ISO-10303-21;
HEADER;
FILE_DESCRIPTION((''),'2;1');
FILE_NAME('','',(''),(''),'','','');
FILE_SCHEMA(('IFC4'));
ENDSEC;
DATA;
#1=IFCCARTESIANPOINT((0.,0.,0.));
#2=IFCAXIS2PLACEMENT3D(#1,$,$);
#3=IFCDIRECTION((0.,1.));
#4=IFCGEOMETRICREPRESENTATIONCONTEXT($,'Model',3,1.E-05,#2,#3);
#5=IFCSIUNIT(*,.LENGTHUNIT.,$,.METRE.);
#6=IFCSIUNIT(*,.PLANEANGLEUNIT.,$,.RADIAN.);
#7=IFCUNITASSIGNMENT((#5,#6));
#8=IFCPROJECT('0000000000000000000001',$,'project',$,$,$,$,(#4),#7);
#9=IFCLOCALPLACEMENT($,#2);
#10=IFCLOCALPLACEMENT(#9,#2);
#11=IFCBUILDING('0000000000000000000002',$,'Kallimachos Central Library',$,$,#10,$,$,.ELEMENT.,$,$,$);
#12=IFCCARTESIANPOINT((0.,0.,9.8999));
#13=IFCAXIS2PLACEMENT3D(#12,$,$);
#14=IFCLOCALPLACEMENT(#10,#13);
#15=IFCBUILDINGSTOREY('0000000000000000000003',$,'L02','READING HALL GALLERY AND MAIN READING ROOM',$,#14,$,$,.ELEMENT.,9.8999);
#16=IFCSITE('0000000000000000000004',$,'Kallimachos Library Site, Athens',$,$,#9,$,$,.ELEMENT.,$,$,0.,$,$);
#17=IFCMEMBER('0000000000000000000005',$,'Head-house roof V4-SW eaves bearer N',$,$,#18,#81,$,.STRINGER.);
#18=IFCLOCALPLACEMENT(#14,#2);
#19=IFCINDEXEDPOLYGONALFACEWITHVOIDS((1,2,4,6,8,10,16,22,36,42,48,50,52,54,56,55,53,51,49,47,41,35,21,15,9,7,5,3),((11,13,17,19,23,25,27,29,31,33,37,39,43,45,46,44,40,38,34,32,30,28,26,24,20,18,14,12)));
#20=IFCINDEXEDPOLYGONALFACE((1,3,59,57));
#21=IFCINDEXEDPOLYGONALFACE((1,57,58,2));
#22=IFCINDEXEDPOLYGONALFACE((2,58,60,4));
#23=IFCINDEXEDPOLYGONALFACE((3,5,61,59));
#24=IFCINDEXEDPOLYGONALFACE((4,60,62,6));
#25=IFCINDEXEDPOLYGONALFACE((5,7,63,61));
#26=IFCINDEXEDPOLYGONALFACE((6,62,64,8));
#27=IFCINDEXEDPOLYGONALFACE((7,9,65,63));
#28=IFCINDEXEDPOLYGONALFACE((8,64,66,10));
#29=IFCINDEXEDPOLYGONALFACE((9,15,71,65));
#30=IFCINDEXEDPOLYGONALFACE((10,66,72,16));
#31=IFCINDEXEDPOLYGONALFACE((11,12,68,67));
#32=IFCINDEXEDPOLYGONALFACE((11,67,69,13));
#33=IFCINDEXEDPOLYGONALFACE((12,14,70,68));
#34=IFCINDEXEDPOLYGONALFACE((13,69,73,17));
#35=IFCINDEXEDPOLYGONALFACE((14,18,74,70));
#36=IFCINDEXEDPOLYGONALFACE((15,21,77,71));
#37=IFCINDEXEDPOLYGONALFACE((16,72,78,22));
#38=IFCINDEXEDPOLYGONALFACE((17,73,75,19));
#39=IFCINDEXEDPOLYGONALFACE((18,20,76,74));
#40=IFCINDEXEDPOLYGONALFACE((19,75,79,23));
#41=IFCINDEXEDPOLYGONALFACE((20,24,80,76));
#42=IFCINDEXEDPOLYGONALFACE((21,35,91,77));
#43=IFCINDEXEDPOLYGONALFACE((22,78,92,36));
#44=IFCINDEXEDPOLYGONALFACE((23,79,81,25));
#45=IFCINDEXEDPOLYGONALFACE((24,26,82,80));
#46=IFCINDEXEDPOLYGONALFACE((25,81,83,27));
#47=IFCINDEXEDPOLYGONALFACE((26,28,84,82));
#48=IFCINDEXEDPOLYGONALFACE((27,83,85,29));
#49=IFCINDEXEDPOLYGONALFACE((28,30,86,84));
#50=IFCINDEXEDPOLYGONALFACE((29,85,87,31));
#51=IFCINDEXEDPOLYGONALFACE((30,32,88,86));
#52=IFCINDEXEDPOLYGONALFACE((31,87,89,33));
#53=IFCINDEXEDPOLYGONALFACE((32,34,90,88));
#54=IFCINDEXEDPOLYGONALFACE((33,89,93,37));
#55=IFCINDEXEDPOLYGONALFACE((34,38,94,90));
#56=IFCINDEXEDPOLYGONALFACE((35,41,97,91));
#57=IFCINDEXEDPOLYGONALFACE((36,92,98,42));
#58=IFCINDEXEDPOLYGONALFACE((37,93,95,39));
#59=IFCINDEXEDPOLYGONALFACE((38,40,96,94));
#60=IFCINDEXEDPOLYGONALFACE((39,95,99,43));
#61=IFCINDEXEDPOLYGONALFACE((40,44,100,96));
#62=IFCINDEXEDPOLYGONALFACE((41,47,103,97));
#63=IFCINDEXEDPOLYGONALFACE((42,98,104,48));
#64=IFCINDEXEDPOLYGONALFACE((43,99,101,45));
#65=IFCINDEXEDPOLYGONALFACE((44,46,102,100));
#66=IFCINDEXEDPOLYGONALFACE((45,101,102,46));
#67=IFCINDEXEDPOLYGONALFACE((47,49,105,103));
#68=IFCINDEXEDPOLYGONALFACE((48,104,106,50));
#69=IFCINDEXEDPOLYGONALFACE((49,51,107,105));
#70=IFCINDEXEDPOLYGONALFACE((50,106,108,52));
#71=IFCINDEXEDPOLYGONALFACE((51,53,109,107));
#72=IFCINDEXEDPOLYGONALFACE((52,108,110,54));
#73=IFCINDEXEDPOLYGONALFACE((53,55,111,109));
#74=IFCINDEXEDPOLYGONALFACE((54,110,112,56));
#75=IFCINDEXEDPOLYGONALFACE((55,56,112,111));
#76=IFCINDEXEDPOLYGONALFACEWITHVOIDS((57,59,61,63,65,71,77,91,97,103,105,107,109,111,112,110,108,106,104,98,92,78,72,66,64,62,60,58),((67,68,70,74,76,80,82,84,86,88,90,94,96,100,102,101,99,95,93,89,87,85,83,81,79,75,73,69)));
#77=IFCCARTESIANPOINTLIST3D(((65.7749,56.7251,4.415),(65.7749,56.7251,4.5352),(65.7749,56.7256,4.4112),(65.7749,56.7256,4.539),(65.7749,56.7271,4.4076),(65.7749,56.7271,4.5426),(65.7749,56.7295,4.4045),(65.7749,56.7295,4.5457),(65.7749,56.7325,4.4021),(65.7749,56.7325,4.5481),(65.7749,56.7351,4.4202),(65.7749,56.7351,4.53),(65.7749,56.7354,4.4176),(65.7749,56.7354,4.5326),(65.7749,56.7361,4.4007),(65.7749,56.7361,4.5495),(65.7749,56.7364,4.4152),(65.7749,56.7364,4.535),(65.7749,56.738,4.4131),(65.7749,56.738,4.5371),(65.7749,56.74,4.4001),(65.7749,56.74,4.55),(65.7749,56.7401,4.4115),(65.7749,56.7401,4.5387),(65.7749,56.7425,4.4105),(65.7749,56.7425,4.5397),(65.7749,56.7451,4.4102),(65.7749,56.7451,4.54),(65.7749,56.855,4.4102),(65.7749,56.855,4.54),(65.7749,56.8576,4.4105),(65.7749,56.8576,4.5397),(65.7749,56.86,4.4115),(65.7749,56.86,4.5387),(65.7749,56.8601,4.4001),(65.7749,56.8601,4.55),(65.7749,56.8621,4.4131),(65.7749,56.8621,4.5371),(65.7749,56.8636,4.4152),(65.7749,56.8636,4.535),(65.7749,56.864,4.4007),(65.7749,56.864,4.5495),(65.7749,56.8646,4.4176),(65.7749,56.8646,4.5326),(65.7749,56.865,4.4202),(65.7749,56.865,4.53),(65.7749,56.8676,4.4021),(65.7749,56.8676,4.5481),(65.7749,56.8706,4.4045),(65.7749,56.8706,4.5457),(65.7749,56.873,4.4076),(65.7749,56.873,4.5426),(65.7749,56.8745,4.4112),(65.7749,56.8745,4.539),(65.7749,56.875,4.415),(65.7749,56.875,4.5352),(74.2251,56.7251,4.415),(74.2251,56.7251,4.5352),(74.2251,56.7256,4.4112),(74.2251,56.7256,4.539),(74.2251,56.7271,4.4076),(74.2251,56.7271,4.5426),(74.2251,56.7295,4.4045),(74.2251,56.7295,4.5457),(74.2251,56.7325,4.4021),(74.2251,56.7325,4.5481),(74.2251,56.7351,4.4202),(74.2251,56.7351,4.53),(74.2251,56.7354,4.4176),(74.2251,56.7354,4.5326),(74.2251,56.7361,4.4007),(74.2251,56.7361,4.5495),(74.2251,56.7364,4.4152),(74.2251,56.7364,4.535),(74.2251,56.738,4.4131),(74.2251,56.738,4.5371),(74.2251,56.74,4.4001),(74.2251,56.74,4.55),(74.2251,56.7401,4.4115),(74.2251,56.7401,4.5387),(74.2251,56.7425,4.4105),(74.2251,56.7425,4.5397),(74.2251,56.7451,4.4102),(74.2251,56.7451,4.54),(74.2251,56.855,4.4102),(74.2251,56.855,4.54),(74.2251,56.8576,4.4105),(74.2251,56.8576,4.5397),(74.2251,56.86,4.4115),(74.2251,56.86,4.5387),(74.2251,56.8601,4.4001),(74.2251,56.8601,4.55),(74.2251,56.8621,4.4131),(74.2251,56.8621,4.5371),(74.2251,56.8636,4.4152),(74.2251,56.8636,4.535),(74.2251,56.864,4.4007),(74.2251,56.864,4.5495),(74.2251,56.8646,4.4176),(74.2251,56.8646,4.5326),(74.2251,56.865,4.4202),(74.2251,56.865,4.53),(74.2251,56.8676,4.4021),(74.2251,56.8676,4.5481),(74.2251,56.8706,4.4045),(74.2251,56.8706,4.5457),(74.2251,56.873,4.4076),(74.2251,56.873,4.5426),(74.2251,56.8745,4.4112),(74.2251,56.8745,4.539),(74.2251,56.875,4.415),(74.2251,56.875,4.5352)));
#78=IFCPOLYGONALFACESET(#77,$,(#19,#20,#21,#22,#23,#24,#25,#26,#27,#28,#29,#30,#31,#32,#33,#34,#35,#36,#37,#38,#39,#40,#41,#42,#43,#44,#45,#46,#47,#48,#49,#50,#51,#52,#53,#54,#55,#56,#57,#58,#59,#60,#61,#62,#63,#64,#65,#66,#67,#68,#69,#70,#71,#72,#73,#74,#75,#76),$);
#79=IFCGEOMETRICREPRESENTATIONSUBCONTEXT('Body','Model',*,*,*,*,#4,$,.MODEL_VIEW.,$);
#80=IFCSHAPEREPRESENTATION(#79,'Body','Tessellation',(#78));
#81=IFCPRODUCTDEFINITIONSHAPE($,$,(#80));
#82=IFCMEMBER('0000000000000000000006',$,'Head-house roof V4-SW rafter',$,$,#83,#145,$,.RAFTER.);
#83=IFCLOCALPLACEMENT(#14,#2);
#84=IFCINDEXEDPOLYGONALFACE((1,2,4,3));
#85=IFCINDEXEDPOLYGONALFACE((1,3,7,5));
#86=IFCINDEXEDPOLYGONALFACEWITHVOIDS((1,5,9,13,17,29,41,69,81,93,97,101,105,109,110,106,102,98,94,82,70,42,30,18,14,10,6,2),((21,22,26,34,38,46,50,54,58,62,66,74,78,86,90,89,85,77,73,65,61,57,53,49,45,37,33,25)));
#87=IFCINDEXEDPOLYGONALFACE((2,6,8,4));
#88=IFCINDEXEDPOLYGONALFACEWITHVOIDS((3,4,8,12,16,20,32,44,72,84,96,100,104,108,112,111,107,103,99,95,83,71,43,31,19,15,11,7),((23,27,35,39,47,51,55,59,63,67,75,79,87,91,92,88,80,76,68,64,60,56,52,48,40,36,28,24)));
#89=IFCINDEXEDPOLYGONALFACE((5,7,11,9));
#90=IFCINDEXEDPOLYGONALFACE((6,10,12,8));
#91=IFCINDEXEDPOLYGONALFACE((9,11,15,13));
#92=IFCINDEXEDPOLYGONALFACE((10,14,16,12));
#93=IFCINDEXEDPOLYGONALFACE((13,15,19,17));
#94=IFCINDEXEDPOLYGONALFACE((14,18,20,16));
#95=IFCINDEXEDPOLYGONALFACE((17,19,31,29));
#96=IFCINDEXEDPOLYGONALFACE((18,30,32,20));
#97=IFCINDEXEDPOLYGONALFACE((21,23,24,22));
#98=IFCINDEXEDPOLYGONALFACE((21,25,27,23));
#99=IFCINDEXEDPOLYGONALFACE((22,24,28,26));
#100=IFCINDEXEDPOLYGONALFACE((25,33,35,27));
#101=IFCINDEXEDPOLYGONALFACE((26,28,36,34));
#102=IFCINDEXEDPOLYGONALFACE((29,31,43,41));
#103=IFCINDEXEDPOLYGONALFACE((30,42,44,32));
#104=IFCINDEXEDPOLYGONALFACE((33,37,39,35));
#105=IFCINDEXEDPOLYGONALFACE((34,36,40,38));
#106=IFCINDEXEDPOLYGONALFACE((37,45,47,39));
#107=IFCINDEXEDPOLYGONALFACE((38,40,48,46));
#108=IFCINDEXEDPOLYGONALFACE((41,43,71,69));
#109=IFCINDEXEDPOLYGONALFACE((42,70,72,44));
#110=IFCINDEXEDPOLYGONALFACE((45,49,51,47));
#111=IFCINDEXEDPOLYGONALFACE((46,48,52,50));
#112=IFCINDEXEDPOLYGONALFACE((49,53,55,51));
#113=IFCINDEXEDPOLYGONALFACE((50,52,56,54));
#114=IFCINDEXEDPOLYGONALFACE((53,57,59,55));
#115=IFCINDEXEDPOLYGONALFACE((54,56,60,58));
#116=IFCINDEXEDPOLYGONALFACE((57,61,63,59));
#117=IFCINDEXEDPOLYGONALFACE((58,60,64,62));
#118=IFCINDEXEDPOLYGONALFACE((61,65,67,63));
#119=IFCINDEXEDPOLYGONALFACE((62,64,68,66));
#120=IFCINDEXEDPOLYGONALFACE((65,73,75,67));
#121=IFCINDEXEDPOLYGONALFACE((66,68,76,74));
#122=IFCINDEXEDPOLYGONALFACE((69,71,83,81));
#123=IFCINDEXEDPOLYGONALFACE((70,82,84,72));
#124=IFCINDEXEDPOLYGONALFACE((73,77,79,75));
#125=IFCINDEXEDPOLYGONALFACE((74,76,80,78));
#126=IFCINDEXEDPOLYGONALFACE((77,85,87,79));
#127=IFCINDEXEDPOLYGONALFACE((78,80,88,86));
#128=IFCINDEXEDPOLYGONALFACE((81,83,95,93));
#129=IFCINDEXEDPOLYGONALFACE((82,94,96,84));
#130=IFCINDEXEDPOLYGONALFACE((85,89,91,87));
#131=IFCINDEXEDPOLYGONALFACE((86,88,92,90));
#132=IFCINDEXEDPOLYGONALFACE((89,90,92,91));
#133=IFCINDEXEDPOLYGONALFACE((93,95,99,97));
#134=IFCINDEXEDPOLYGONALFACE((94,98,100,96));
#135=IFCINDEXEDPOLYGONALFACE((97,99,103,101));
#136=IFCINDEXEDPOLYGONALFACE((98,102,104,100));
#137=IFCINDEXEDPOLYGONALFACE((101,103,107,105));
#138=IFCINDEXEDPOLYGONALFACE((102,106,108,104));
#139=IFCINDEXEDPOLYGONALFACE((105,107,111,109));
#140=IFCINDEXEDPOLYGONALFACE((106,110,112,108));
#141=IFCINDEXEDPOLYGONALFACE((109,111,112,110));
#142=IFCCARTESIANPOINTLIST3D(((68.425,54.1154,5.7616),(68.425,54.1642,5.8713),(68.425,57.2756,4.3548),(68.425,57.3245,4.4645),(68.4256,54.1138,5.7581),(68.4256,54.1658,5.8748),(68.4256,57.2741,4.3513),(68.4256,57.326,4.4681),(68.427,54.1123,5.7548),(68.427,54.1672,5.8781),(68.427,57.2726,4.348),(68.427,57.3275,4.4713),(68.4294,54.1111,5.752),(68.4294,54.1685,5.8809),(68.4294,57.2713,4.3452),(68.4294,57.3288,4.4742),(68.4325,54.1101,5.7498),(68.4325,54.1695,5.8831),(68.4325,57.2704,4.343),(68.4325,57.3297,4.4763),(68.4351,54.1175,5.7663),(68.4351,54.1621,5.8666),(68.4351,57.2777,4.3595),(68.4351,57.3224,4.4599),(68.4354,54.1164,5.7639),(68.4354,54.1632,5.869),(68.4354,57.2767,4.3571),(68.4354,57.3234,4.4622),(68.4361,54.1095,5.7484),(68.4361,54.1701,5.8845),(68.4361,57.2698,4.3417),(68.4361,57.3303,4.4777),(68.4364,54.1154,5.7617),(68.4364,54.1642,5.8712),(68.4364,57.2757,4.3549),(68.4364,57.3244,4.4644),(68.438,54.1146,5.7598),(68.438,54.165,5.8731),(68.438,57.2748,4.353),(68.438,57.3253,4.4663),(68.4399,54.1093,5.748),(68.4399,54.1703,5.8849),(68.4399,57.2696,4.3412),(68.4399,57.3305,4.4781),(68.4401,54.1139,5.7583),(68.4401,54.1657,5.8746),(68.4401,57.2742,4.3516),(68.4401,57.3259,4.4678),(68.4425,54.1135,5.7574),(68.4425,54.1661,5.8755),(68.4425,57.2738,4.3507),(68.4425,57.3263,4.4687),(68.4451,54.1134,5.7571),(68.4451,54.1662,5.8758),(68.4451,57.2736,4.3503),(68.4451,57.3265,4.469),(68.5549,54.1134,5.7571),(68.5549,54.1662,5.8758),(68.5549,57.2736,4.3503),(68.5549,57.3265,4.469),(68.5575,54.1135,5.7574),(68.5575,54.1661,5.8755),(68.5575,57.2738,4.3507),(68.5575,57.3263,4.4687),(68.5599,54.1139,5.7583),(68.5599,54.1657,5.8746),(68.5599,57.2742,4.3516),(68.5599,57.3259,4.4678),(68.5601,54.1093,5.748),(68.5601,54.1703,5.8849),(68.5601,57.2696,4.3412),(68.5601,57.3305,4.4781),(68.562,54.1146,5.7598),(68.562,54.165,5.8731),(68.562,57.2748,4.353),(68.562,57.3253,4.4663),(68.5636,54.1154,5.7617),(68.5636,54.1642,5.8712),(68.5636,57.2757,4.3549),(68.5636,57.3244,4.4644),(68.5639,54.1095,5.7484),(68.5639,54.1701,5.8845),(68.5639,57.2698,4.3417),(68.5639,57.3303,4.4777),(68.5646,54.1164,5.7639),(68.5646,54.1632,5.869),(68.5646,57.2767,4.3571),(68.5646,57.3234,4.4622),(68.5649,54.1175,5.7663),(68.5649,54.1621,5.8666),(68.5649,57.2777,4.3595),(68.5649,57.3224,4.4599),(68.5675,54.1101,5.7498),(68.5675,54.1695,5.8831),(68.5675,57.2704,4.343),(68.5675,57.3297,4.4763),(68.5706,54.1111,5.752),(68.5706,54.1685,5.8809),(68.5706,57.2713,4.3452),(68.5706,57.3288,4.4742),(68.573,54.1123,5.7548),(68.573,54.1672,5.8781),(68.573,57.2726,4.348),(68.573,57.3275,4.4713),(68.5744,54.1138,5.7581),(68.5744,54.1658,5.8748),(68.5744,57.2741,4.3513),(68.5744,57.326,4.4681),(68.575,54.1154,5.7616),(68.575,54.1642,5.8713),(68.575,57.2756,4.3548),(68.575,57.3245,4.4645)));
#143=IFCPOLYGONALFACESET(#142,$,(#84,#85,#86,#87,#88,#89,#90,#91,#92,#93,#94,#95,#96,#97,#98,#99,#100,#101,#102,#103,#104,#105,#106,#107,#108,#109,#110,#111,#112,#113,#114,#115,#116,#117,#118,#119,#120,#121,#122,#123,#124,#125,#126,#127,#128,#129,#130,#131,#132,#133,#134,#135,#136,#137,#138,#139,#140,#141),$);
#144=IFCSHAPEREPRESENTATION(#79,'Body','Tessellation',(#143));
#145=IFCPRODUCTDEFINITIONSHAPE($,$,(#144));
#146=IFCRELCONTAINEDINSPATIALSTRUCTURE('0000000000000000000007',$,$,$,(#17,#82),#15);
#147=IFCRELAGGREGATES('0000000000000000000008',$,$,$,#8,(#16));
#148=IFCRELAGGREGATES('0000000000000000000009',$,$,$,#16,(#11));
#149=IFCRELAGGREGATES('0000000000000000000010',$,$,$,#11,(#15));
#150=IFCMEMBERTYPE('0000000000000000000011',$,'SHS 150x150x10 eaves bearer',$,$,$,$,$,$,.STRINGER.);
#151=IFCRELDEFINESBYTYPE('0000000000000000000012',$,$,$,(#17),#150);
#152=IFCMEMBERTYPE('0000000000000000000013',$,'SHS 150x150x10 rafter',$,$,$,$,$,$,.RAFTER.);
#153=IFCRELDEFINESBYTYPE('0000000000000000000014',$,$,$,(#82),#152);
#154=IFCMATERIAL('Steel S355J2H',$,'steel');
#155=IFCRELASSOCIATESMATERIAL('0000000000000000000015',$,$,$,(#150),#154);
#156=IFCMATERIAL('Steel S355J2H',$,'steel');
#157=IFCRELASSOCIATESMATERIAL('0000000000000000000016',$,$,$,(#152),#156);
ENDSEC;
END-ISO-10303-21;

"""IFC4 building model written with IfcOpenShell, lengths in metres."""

from ifc_helpers import new_model, si_unit, direction, frame, origin, origin_2d, place, context, subcontext, project, spatial, hollow_rectangle, extrude, material, material_profile, profile_set, type_object, element, save


model = new_model("IFC4")

# Units and contexts
model_context = context("Model", 3, precision=1e-05, world=origin(), true_north=direction((0.0, 1.0)))
body_context = subcontext(model_context, "Body", "Model", "MODEL_VIEW")
ifc_project = project(units=[si_unit("LENGTHUNIT", "METRE"), si_unit("PLANEANGLEUNIT", "RADIAN")], contexts=[model_context])

# Site, building, storey
site_placement = place(None, origin())
site = spatial("IfcSite", under=ifc_project, at=site_placement, Name="Kallimachos Library Site, Athens", CompositionType="ELEMENT", RefElevation=0.0)
building_placement = place(site_placement, origin())
building = spatial("IfcBuilding", under=site, at=building_placement, Name="Kallimachos Central Library", CompositionType="ELEMENT")
storey_placement = place(building_placement, frame((0.0, 0.0, 9.8999)))
storey = spatial("IfcBuildingStorey", under=building, at=storey_placement, Name="L02", Description="READING HALL GALLERY AND MAIN READING ROOM", CompositionType="ELEMENT", Elevation=9.8999)

# Members
ifc_material_1 = material(Name="Steel S355J2H", Category="steel")
ifc_material_profile_1 = material_profile(ifc_material_1, hollow_rectangle(XDim=0.1499, YDim=0.1499, WallThickness=0.01, InnerFilletRadius=0.01, OuterFilletRadius=0.0149, at=origin_2d()), Name="SHS 150x150x10")
ifc_profile_set_1 = profile_set([ifc_material_profile_1], Name="Steel S355J2H")
member_type_1 = type_object("IfcMemberType", Name="SHS 150x150x10 eaves bearer", PredefinedType="STRINGER", material=ifc_profile_set_1)
member_1_placement = place(storey_placement, frame((65.7749, 56.8, 4.4751), z_axis=(1.0, 0.0, 0.0), x_axis=(0.0, 1.0, 0.0)))
element("IfcMember", 1, at=member_1_placement, inside=storey, type_object=member_type_1, Name="Head-house roof V4-SW eaves bearer N", PredefinedType="STRINGER", context=body_context, shape_type="SweptSolid", body=[
    extrude(hollow_rectangle(XDim=0.1499, YDim=0.1499, WallThickness=0.01, InnerFilletRadius=0.01, OuterFilletRadius=0.0149, at=origin_2d()), origin(), (0.0, 0.0, 1.0), 8.4502),
])
ifc_material_2 = material(Name="Steel S355J2H", Category="steel")
ifc_material_profile_2 = material_profile(ifc_material_2, hollow_rectangle(XDim=0.1499, YDim=0.1499, WallThickness=0.01, InnerFilletRadius=0.01, OuterFilletRadius=0.0149, at=origin_2d()), Name="SHS 150x150x10")
ifc_profile_set_2 = profile_set([ifc_material_profile_2], Name="Steel S355J2H")
member_type_2 = type_object("IfcMemberType", Name="SHS 150x150x10 rafter", PredefinedType="RAFTER", material=ifc_profile_set_2)
member_2_placement = place(storey_placement, frame((68.5, 57.3, 4.4097), z_axis=(0.0, -0.913573, 0.406675), x_axis=(1.0, 0.0, 0.0)))
element("IfcMember", 2, at=member_2_placement, inside=storey, type_object=member_type_2, Name="Head-house roof V4-SW rafter", PredefinedType="RAFTER", context=body_context, shape_type="SweptSolid", body=[
    extrude(hollow_rectangle(XDim=0.1499, YDim=0.1499, WallThickness=0.01, InnerFilletRadius=0.01, OuterFilletRadius=0.0149, at=origin_2d()), origin(), (0.0, 0.0, 1.0), 3.4592),
])

save(model, "model.ifc")
